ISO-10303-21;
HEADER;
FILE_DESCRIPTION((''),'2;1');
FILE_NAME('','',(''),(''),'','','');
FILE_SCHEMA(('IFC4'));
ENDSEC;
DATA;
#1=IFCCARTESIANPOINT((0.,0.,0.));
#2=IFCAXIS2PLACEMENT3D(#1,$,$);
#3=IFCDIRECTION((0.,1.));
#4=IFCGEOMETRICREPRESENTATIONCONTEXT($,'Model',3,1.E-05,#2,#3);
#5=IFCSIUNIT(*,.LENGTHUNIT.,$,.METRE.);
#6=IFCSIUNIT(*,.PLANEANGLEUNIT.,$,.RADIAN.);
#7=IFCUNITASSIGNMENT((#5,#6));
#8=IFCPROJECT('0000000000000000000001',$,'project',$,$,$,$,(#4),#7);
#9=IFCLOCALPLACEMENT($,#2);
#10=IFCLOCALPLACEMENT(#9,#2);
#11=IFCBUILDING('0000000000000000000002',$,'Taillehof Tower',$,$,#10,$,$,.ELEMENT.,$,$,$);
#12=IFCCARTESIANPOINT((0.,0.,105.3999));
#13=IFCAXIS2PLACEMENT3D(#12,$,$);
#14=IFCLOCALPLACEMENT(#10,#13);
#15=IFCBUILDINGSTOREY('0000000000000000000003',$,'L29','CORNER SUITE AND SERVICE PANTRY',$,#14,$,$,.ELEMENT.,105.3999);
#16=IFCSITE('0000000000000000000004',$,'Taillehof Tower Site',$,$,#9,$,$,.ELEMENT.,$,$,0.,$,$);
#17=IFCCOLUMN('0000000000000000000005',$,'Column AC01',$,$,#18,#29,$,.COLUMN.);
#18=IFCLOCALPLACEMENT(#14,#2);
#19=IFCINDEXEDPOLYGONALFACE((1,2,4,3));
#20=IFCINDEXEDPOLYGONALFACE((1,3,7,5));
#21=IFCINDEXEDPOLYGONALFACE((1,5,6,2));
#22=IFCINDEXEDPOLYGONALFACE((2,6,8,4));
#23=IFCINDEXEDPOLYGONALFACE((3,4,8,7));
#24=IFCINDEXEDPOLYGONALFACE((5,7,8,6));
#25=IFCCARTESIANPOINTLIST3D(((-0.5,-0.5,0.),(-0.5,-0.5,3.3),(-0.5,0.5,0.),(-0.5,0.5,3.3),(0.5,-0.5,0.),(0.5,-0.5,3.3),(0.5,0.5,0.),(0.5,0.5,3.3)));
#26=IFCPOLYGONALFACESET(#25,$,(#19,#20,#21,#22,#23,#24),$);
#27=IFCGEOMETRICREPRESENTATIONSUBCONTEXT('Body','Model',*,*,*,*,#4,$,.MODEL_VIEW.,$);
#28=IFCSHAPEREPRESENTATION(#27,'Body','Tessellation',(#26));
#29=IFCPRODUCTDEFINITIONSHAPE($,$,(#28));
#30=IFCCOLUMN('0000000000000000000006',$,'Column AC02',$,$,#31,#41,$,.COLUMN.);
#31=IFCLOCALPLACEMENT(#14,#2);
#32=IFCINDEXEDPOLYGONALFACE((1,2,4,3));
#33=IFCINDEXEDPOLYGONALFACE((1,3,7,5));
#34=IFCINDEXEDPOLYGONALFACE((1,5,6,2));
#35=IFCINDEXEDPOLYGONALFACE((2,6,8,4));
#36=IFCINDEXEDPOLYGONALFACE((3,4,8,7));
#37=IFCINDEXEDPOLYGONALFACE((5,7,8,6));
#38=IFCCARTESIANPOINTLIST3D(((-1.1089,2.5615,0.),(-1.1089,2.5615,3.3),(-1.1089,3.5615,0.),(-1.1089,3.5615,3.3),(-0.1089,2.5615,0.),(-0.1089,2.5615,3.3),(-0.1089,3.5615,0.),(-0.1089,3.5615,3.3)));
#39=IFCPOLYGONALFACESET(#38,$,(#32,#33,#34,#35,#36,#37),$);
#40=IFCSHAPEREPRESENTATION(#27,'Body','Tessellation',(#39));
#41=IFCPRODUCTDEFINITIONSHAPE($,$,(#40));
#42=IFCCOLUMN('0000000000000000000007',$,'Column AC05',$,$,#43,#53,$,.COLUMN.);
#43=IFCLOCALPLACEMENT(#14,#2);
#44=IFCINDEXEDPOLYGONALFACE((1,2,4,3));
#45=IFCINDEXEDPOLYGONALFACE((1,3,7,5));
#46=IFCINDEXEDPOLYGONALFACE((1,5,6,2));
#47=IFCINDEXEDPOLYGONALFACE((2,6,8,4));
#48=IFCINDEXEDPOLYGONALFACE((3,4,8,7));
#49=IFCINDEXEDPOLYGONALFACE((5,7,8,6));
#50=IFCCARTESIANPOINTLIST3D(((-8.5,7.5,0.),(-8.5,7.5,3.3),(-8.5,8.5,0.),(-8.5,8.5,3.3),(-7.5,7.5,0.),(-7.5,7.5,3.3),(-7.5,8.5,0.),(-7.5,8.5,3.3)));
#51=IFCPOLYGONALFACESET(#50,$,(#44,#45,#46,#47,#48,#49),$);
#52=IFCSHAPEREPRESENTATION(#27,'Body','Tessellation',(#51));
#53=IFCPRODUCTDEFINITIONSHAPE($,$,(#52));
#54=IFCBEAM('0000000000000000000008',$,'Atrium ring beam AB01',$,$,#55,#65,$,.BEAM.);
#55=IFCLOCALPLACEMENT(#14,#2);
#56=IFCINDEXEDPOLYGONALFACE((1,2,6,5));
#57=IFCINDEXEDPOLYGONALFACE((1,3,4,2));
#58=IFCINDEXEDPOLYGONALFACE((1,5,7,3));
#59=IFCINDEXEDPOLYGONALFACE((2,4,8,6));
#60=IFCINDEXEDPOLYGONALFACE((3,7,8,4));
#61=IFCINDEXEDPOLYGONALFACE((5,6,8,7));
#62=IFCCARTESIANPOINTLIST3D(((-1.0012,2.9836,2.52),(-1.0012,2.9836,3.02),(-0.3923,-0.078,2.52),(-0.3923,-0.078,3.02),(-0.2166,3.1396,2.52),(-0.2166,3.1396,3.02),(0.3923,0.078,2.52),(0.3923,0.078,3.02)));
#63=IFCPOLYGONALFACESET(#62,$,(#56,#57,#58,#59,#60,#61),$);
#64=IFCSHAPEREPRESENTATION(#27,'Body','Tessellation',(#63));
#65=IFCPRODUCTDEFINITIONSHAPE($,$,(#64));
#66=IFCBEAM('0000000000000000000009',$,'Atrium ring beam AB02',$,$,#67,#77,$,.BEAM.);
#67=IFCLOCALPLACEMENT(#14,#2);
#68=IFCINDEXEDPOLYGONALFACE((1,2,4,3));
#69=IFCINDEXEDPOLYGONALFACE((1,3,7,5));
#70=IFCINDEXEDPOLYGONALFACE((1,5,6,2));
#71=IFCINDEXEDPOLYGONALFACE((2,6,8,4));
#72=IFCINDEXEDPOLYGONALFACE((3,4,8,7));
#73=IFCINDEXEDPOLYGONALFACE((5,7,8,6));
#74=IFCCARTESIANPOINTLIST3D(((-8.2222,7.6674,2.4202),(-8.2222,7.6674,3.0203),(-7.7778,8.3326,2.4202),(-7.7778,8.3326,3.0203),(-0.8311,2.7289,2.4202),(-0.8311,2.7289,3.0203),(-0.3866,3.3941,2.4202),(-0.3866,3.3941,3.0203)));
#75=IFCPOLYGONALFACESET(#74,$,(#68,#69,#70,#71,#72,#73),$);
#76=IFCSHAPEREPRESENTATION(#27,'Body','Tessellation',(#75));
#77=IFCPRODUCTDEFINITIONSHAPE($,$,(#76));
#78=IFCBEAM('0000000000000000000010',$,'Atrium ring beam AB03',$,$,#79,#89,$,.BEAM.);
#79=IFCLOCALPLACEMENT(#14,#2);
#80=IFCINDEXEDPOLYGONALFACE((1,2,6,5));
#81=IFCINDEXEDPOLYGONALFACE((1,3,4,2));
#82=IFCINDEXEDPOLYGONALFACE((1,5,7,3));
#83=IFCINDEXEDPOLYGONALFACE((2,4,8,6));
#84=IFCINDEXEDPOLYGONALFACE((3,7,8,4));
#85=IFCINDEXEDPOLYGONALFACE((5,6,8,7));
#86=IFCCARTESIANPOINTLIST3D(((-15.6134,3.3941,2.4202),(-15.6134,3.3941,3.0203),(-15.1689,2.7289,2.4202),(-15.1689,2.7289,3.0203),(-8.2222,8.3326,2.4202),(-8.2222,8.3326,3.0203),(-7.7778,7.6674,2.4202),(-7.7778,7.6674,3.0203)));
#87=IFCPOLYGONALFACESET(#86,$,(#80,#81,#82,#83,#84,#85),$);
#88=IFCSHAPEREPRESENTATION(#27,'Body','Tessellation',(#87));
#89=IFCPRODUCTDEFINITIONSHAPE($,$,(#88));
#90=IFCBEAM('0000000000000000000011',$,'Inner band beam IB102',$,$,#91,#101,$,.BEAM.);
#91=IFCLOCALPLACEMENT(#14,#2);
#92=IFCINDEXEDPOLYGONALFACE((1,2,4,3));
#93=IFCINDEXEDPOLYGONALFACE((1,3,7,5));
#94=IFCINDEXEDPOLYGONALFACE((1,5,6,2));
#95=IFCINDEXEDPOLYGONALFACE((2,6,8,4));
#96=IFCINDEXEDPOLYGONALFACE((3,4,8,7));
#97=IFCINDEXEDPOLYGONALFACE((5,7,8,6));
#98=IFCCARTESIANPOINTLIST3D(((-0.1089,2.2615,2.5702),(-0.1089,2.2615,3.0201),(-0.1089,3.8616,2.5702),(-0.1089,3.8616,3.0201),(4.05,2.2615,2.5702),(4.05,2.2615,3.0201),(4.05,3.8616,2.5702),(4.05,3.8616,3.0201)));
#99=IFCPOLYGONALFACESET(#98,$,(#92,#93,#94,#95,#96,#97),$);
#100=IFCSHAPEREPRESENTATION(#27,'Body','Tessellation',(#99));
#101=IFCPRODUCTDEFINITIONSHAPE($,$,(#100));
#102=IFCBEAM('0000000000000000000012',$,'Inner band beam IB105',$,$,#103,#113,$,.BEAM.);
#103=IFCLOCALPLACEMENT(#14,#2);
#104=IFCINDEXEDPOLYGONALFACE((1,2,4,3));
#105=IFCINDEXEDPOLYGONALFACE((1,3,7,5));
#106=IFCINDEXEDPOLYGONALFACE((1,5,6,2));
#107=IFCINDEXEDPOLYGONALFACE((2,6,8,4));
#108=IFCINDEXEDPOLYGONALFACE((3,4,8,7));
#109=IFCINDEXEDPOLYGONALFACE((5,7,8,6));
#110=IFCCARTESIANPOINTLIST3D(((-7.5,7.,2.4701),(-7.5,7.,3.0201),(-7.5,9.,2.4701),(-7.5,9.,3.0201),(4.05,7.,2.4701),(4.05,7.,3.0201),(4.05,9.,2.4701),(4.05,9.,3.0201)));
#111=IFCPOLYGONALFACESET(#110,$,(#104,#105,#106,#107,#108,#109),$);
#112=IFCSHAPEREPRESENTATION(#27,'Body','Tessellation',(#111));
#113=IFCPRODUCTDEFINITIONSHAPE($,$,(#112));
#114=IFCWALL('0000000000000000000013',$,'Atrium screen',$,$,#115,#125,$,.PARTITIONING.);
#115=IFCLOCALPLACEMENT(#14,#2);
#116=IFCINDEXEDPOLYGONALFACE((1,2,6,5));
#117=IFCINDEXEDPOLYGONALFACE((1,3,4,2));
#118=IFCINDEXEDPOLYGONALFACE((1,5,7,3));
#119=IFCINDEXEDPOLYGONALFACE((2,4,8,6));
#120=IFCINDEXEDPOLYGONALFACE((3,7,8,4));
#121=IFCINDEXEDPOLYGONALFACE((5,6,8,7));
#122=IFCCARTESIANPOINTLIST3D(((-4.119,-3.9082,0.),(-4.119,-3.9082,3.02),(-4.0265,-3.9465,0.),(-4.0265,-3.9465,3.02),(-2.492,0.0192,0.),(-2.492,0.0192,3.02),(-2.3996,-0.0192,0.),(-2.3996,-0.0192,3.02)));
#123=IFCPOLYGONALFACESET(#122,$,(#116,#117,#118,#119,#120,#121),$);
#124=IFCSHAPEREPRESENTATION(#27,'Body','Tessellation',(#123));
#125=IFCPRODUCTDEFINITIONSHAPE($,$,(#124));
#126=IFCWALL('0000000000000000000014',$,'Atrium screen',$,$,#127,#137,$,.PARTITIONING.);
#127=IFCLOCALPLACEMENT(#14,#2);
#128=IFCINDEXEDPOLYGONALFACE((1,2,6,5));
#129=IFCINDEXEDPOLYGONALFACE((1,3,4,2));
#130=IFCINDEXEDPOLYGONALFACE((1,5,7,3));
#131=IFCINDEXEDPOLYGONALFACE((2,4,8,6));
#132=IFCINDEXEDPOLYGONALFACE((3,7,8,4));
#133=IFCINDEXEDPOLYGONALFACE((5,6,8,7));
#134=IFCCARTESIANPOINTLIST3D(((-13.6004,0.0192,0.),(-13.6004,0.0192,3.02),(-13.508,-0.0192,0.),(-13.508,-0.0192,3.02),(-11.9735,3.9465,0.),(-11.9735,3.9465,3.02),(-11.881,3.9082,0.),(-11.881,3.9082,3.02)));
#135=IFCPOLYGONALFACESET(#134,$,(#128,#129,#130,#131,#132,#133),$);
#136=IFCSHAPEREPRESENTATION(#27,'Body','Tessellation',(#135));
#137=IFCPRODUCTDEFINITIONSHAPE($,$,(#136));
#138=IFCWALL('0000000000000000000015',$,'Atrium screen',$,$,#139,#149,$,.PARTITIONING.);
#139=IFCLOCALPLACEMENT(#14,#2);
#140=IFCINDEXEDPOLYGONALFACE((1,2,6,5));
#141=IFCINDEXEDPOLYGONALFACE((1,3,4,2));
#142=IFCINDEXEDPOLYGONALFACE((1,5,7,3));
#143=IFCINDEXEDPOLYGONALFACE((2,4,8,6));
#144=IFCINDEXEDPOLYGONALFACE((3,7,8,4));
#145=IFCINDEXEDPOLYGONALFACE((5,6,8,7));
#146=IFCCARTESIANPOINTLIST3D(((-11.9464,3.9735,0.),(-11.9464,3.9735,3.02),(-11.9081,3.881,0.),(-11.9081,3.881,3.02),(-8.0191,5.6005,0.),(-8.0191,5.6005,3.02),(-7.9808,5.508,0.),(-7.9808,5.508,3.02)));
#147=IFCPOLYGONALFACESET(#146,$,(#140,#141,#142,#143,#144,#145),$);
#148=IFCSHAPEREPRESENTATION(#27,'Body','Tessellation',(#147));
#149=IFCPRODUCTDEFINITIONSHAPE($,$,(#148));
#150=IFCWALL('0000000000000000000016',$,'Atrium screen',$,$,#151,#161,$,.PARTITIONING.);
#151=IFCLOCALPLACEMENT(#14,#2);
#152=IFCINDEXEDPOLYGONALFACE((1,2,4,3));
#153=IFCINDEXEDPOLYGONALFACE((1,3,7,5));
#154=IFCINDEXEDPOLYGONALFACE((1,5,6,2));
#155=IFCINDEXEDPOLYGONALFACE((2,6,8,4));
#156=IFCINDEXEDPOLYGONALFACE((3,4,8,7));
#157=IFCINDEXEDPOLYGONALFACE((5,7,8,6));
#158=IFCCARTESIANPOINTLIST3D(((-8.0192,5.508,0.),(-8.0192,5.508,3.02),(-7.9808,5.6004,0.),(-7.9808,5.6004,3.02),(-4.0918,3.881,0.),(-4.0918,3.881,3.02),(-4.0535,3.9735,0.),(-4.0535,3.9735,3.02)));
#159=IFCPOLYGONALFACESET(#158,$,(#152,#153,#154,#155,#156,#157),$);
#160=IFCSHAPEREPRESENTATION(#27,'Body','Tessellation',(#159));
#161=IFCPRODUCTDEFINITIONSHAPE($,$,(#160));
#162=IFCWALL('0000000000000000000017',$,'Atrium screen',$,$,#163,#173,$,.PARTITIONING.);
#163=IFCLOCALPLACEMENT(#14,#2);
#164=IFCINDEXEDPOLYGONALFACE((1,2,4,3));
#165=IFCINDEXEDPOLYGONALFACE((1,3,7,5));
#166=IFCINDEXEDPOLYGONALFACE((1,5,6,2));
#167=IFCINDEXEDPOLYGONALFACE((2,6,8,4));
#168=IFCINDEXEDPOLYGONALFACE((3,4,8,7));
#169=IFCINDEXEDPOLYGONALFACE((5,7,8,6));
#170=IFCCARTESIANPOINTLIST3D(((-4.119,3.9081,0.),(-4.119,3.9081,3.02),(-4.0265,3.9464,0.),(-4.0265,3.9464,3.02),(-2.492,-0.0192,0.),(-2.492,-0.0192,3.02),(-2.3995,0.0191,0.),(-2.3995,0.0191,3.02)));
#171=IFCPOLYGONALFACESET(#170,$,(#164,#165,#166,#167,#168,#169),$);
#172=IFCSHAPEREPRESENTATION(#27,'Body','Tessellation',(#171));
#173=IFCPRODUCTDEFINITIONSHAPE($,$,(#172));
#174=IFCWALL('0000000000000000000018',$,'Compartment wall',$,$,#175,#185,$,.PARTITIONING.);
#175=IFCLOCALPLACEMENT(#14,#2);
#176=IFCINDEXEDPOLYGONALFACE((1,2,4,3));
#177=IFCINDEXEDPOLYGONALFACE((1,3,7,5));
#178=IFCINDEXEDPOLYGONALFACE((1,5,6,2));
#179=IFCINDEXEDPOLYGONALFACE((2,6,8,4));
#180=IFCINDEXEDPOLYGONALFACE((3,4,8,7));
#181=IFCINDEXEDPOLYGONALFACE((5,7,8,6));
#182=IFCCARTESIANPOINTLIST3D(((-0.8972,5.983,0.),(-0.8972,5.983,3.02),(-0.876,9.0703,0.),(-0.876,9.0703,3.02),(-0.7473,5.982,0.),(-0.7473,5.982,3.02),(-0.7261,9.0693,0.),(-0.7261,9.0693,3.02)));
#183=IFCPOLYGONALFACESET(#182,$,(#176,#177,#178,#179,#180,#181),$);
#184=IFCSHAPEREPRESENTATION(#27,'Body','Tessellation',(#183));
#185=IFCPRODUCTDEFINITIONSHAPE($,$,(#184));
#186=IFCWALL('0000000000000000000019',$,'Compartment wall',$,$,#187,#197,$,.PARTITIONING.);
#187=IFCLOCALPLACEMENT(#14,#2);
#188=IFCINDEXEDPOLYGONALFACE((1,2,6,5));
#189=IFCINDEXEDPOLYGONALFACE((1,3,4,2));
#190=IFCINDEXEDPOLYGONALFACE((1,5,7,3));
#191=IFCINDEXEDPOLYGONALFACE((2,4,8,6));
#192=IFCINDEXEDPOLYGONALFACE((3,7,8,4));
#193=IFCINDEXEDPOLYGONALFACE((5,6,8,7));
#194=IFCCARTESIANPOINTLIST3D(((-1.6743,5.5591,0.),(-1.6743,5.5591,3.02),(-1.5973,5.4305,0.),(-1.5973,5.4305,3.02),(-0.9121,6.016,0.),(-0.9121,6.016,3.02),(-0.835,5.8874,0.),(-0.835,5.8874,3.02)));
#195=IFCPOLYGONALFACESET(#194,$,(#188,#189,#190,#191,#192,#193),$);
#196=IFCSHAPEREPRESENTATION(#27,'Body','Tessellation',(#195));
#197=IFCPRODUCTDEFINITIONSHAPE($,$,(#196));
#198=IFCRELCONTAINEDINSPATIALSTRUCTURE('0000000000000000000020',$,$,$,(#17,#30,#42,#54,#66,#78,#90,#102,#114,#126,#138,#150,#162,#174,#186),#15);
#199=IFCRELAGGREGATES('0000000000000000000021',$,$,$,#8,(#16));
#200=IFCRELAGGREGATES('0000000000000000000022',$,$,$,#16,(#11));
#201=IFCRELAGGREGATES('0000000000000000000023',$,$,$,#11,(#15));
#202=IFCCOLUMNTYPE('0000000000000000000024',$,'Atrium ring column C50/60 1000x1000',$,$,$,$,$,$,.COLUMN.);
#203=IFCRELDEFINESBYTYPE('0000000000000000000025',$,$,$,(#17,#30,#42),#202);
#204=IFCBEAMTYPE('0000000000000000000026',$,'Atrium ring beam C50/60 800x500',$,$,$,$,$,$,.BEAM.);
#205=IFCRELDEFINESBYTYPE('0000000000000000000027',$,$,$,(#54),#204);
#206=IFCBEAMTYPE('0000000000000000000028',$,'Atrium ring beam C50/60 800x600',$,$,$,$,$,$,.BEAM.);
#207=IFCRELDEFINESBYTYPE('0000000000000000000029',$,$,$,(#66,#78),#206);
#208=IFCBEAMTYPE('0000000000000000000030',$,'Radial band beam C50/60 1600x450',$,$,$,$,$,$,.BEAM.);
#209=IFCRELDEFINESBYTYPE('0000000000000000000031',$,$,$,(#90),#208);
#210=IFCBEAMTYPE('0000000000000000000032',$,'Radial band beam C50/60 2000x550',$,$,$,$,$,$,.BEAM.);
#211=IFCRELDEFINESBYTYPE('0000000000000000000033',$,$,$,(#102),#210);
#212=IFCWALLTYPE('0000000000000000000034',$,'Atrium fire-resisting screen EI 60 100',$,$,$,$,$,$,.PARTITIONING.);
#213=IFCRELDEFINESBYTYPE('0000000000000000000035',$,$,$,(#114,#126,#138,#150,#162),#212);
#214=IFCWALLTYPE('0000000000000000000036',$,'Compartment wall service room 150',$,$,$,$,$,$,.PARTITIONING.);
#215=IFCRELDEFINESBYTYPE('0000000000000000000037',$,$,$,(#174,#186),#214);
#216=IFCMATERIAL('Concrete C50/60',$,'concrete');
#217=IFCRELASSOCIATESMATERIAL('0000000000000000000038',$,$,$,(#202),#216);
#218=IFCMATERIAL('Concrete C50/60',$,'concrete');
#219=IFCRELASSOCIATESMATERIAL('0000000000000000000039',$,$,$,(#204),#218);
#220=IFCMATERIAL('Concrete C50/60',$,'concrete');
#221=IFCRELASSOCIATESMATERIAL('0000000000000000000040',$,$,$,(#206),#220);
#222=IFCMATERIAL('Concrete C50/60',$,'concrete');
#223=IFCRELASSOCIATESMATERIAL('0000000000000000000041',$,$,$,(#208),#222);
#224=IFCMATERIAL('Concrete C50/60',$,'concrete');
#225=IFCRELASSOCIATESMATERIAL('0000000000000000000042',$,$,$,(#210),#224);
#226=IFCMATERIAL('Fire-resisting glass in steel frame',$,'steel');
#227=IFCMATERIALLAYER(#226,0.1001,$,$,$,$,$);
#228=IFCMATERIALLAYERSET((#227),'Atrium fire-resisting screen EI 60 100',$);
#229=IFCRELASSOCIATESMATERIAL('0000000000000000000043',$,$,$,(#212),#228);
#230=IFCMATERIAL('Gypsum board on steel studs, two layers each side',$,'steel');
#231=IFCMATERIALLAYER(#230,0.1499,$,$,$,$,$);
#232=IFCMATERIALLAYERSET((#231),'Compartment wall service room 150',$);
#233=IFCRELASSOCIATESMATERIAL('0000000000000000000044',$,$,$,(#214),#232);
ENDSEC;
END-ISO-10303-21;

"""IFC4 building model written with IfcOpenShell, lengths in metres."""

from ifc_helpers import new_model, si_unit, direction, frame, frame_2d, origin, origin_2d, place, context, subcontext, project, spatial, rectangle, extrude, material, layer, layer_set, material_profile, profile_set, type_object, element, save


model = new_model("IFC4")

# Units and contexts
model_context = context("Model", 3, precision=1e-05, world=origin(), true_north=direction((0.0, 1.0)))
body_context = subcontext(model_context, "Body", "Model", "MODEL_VIEW")
ifc_project = project(units=[si_unit("LENGTHUNIT", "METRE"), si_unit("PLANEANGLEUNIT", "RADIAN")], contexts=[model_context])

# Site, building, storey
site_placement = place(None, origin())
site = spatial("IfcSite", under=ifc_project, at=site_placement, Name="Taillehof Tower Site", CompositionType="ELEMENT", RefElevation=0.0)
building_placement = place(site_placement, origin())
building = spatial("IfcBuilding", under=site, at=building_placement, Name="Taillehof Tower", CompositionType="ELEMENT")
storey_placement = place(building_placement, frame((0.0, 0.0, 105.3999)))
storey = spatial("IfcBuildingStorey", under=building, at=storey_placement, Name="L29", Description="CORNER SUITE AND SERVICE PANTRY", CompositionType="ELEMENT", Elevation=105.3999)

# Columns
ifc_material_1 = material(Name="Concrete C50/60", Category="concrete")
ifc_material_profile_1 = material_profile(ifc_material_1, rectangle(XDim=1.0, YDim=1.0, at=origin_2d()), Name="RC 1000x1000")
ifc_profile_set_1 = profile_set([ifc_material_profile_1], Name="Concrete C50/60")
column_type = type_object("IfcColumnType", Name="Atrium ring column C50/60 1000x1000", PredefinedType="COLUMN", material=ifc_profile_set_1)
for number, where, z_axis, x_axis, name in (
    (1, (0.0, 0.0, 0.0), (0.0, 0.0, 1.0), (1.0, 0.0, 0.0), "Column AC01"),
    (2, (-0.6089, 3.0615, 0.0), (0.0, 0.0, 1.0), (1.0, 0.0, 0.0), "Column AC02"),
    (3, (-8.0, 8.0, 0.0), (0.0, 0.0, 1.0), (1.0, 0.0, 0.0), "Column AC05"),
):
    element("IfcColumn", number, at=place(storey_placement, frame(where, z_axis=z_axis, x_axis=x_axis)), inside=storey, type_object=column_type, Name=name, PredefinedType="COLUMN", context=body_context, shape_type="SweptSolid", body=[
        extrude(rectangle(XDim=1.0, YDim=1.0, at=origin_2d()), origin(), (0.0, 0.0, 1.0), 3.3),
    ])

# Beams
ifc_material_2 = material(Name="Concrete C50/60", Category="concrete")
ifc_material_profile_2 = material_profile(ifc_material_2, rectangle(XDim=0.8, YDim=0.5, at=origin_2d()), Name="RC 800x500")
ifc_profile_set_2 = profile_set([ifc_material_profile_2], Name="Concrete C50/60")
beam_type_1 = type_object("IfcBeamType", Name="Atrium ring beam C50/60 800x500", PredefinedType="BEAM", material=ifc_profile_set_2)
beam_1_placement = place(storey_placement, frame((0.0, 0.0, 2.77), z_axis=(-0.195063, 0.980791, 0.0), x_axis=(-0.980791, -0.195063, 0.0)))
element("IfcBeam", 4, at=beam_1_placement, inside=storey, type_object=beam_type_1, Name="Atrium ring beam AB01", PredefinedType="BEAM", context=body_context, shape_type="SweptSolid", body=[
    extrude(rectangle(XDim=0.8, YDim=0.5, at=origin_2d()), origin(), (0.0, 0.0, 1.0), 3.1216),
])
ifc_material_3 = material(Name="Concrete C50/60", Category="concrete")
ifc_material_profile_3 = material_profile(ifc_material_3, rectangle(XDim=0.8, YDim=0.6001, at=origin_2d()), Name="RC 800x600")
ifc_profile_set_3 = profile_set([ifc_material_profile_3], Name="Concrete C50/60")
beam_type_2 = type_object("IfcBeamType", Name="Atrium ring beam C50/60 800x600", PredefinedType="BEAM", material=ifc_profile_set_3)
for number, where, z_axis, x_axis, name in (
    (5, (-0.6089, 3.0615, 2.7202), (-0.831475, 0.555562, 0.0), (-0.555562, -0.831475, 0.0), "Atrium ring beam AB02"),
    (6, (-8.0, 8.0, 2.7202), (-0.831475, -0.555562, 0.0), (0.555562, -0.831475, 0.0), "Atrium ring beam AB03"),
):
    element("IfcBeam", number, at=place(storey_placement, frame(where, z_axis=z_axis, x_axis=x_axis)), inside=storey, type_object=beam_type_2, Name=name, PredefinedType="BEAM", context=body_context, shape_type="SweptSolid", body=[
        extrude(rectangle(XDim=0.8, YDim=0.6001, at=origin_2d()), origin(), (0.0, 0.0, 1.0), 8.8892),
    ])
ifc_material_4 = material(Name="Concrete C50/60", Category="concrete")
ifc_material_profile_4 = material_profile(ifc_material_4, rectangle(XDim=1.6001, YDim=0.45, at=origin_2d()), Name="RC 1600x450")
ifc_profile_set_4 = profile_set([ifc_material_profile_4], Name="Concrete C50/60")
beam_type_3 = type_object("IfcBeamType", Name="Radial band beam C50/60 1600x450", PredefinedType="BEAM", material=ifc_profile_set_4)
beam_2_placement = place(storey_placement, frame((-0.1089, 3.0615, 2.7952), z_axis=(1.0, 0.0, 0.0), x_axis=(0.0, 1.0, 0.0)))
element("IfcBeam", 7, at=beam_2_placement, inside=storey, type_object=beam_type_3, Name="Inner band beam IB102", PredefinedType="BEAM", context=body_context, shape_type="SweptSolid", body=[
    extrude(rectangle(XDim=1.6001, YDim=0.45, at=origin_2d()), origin(), (0.0, 0.0, 1.0), 4.1589),
])
ifc_material_5 = material(Name="Concrete C50/60", Category="concrete")
ifc_material_profile_5 = material_profile(ifc_material_5, rectangle(XDim=2.0, YDim=0.55, at=origin_2d()), Name="RC 2000x550")
ifc_profile_set_5 = profile_set([ifc_material_profile_5], Name="Concrete C50/60")
beam_type_4 = type_object("IfcBeamType", Name="Radial band beam C50/60 2000x550", PredefinedType="BEAM", material=ifc_profile_set_5)
beam_3_placement = place(storey_placement, frame((-7.5, 8.0, 2.7451), z_axis=(1.0, 0.0, 0.0), x_axis=(0.0, 1.0, 0.0)))
element("IfcBeam", 8, at=beam_3_placement, inside=storey, type_object=beam_type_4, Name="Inner band beam IB105", PredefinedType="BEAM", context=body_context, shape_type="SweptSolid", body=[
    extrude(rectangle(XDim=2.0, YDim=0.55, at=origin_2d()), origin(), (0.0, 0.0, 1.0), 11.55),
])

# Walls
ifc_material_6 = material(Name="Fire-resisting glass in steel frame", Category="steel")
ifc_layer_1 = layer(ifc_material_6, 0.1001)
ifc_layer_set_1 = layer_set([ifc_layer_1], Name="Atrium fire-resisting screen EI 60 100")
wall_type_1 = type_object("IfcWallType", Name="Atrium fire-resisting screen EI 60 100", PredefinedType="PARTITIONING", material=ifc_layer_set_1)
for number, where, z_axis, x_axis, name in (
    (9, (-2.4458, 0.0, 0.0), (0.0, 0.0, 1.0), (-0.382731, -0.92386, 0.0), "Atrium screen"),
    (10, (-13.5542, 0.0, 0.0), (0.0, 0.0, 1.0), (0.382731, 0.92386, 0.0), "Atrium screen"),
    (11, (-11.9272, 3.9272, 0.0), (0.0, 0.0, 1.0), (0.92386, 0.382731, 0.0), "Atrium screen"),
    (12, (-8.0, 5.5542, 0.0), (0.0, 0.0, 1.0), (0.92386, -0.382731, 0.0), "Atrium screen"),
    (13, (-4.0728, 3.9272, 0.0), (0.0, 0.0, 1.0), (0.382731, -0.92386, 0.0), "Atrium screen"),
):
    element("IfcWall", number, at=place(storey_placement, frame(where, z_axis=z_axis, x_axis=x_axis)), inside=storey, type_object=wall_type_1, Name=name, PredefinedType="PARTITIONING", context=body_context, shape_type="SweptSolid", body=[
        extrude(rectangle(XDim=4.251, YDim=0.1001, at=frame_2d((2.1255, 0.0))), origin(), (0.0, 0.0, 1.0), 3.02),
    ])
ifc_material_7 = material(Name="Gypsum board on steel studs, two layers each side", Category="steel")
ifc_layer_2 = layer(ifc_material_7, 0.1499)
ifc_layer_set_2 = layer_set([ifc_layer_2], Name="Compartment wall service room 150")
wall_type_2 = type_object("IfcWallType", Name="Compartment wall service room 150", PredefinedType="PARTITIONING", material=ifc_layer_set_2)
wall_1_placement = place(storey_placement, frame((-0.801, 9.0698, 0.0), z_axis=(0.0, 0.0, 1.0), x_axis=(-0.006879, -0.999976, 0.0)))
element("IfcWall", 14, at=wall_1_placement, inside=storey, type_object=wall_type_2, Name="Compartment wall", PredefinedType="PARTITIONING", context=body_context, shape_type="SweptSolid", body=[
    extrude(rectangle(XDim=3.0874, YDim=0.1499, at=frame_2d((1.5437, 0.0))), origin(), (0.0, 0.0, 1.0), 3.02),
])
wall_2_placement = place(storey_placement, frame((-0.8735, 5.9517, 0.0), z_axis=(0.0, 0.0, 1.0), x_axis=(-0.857759, -0.514051, 0.0)))
element("IfcWall", 15, at=wall_2_placement, inside=storey, type_object=wall_type_2, Name="Compartment wall", PredefinedType="PARTITIONING", context=body_context, shape_type="SweptSolid", body=[
    extrude(rectangle(XDim=0.8887, YDim=0.1499, at=frame_2d((0.4443, 0.0))), origin(), (0.0, 0.0, 1.0), 3.02),
])

save(model, "model.ifc")
